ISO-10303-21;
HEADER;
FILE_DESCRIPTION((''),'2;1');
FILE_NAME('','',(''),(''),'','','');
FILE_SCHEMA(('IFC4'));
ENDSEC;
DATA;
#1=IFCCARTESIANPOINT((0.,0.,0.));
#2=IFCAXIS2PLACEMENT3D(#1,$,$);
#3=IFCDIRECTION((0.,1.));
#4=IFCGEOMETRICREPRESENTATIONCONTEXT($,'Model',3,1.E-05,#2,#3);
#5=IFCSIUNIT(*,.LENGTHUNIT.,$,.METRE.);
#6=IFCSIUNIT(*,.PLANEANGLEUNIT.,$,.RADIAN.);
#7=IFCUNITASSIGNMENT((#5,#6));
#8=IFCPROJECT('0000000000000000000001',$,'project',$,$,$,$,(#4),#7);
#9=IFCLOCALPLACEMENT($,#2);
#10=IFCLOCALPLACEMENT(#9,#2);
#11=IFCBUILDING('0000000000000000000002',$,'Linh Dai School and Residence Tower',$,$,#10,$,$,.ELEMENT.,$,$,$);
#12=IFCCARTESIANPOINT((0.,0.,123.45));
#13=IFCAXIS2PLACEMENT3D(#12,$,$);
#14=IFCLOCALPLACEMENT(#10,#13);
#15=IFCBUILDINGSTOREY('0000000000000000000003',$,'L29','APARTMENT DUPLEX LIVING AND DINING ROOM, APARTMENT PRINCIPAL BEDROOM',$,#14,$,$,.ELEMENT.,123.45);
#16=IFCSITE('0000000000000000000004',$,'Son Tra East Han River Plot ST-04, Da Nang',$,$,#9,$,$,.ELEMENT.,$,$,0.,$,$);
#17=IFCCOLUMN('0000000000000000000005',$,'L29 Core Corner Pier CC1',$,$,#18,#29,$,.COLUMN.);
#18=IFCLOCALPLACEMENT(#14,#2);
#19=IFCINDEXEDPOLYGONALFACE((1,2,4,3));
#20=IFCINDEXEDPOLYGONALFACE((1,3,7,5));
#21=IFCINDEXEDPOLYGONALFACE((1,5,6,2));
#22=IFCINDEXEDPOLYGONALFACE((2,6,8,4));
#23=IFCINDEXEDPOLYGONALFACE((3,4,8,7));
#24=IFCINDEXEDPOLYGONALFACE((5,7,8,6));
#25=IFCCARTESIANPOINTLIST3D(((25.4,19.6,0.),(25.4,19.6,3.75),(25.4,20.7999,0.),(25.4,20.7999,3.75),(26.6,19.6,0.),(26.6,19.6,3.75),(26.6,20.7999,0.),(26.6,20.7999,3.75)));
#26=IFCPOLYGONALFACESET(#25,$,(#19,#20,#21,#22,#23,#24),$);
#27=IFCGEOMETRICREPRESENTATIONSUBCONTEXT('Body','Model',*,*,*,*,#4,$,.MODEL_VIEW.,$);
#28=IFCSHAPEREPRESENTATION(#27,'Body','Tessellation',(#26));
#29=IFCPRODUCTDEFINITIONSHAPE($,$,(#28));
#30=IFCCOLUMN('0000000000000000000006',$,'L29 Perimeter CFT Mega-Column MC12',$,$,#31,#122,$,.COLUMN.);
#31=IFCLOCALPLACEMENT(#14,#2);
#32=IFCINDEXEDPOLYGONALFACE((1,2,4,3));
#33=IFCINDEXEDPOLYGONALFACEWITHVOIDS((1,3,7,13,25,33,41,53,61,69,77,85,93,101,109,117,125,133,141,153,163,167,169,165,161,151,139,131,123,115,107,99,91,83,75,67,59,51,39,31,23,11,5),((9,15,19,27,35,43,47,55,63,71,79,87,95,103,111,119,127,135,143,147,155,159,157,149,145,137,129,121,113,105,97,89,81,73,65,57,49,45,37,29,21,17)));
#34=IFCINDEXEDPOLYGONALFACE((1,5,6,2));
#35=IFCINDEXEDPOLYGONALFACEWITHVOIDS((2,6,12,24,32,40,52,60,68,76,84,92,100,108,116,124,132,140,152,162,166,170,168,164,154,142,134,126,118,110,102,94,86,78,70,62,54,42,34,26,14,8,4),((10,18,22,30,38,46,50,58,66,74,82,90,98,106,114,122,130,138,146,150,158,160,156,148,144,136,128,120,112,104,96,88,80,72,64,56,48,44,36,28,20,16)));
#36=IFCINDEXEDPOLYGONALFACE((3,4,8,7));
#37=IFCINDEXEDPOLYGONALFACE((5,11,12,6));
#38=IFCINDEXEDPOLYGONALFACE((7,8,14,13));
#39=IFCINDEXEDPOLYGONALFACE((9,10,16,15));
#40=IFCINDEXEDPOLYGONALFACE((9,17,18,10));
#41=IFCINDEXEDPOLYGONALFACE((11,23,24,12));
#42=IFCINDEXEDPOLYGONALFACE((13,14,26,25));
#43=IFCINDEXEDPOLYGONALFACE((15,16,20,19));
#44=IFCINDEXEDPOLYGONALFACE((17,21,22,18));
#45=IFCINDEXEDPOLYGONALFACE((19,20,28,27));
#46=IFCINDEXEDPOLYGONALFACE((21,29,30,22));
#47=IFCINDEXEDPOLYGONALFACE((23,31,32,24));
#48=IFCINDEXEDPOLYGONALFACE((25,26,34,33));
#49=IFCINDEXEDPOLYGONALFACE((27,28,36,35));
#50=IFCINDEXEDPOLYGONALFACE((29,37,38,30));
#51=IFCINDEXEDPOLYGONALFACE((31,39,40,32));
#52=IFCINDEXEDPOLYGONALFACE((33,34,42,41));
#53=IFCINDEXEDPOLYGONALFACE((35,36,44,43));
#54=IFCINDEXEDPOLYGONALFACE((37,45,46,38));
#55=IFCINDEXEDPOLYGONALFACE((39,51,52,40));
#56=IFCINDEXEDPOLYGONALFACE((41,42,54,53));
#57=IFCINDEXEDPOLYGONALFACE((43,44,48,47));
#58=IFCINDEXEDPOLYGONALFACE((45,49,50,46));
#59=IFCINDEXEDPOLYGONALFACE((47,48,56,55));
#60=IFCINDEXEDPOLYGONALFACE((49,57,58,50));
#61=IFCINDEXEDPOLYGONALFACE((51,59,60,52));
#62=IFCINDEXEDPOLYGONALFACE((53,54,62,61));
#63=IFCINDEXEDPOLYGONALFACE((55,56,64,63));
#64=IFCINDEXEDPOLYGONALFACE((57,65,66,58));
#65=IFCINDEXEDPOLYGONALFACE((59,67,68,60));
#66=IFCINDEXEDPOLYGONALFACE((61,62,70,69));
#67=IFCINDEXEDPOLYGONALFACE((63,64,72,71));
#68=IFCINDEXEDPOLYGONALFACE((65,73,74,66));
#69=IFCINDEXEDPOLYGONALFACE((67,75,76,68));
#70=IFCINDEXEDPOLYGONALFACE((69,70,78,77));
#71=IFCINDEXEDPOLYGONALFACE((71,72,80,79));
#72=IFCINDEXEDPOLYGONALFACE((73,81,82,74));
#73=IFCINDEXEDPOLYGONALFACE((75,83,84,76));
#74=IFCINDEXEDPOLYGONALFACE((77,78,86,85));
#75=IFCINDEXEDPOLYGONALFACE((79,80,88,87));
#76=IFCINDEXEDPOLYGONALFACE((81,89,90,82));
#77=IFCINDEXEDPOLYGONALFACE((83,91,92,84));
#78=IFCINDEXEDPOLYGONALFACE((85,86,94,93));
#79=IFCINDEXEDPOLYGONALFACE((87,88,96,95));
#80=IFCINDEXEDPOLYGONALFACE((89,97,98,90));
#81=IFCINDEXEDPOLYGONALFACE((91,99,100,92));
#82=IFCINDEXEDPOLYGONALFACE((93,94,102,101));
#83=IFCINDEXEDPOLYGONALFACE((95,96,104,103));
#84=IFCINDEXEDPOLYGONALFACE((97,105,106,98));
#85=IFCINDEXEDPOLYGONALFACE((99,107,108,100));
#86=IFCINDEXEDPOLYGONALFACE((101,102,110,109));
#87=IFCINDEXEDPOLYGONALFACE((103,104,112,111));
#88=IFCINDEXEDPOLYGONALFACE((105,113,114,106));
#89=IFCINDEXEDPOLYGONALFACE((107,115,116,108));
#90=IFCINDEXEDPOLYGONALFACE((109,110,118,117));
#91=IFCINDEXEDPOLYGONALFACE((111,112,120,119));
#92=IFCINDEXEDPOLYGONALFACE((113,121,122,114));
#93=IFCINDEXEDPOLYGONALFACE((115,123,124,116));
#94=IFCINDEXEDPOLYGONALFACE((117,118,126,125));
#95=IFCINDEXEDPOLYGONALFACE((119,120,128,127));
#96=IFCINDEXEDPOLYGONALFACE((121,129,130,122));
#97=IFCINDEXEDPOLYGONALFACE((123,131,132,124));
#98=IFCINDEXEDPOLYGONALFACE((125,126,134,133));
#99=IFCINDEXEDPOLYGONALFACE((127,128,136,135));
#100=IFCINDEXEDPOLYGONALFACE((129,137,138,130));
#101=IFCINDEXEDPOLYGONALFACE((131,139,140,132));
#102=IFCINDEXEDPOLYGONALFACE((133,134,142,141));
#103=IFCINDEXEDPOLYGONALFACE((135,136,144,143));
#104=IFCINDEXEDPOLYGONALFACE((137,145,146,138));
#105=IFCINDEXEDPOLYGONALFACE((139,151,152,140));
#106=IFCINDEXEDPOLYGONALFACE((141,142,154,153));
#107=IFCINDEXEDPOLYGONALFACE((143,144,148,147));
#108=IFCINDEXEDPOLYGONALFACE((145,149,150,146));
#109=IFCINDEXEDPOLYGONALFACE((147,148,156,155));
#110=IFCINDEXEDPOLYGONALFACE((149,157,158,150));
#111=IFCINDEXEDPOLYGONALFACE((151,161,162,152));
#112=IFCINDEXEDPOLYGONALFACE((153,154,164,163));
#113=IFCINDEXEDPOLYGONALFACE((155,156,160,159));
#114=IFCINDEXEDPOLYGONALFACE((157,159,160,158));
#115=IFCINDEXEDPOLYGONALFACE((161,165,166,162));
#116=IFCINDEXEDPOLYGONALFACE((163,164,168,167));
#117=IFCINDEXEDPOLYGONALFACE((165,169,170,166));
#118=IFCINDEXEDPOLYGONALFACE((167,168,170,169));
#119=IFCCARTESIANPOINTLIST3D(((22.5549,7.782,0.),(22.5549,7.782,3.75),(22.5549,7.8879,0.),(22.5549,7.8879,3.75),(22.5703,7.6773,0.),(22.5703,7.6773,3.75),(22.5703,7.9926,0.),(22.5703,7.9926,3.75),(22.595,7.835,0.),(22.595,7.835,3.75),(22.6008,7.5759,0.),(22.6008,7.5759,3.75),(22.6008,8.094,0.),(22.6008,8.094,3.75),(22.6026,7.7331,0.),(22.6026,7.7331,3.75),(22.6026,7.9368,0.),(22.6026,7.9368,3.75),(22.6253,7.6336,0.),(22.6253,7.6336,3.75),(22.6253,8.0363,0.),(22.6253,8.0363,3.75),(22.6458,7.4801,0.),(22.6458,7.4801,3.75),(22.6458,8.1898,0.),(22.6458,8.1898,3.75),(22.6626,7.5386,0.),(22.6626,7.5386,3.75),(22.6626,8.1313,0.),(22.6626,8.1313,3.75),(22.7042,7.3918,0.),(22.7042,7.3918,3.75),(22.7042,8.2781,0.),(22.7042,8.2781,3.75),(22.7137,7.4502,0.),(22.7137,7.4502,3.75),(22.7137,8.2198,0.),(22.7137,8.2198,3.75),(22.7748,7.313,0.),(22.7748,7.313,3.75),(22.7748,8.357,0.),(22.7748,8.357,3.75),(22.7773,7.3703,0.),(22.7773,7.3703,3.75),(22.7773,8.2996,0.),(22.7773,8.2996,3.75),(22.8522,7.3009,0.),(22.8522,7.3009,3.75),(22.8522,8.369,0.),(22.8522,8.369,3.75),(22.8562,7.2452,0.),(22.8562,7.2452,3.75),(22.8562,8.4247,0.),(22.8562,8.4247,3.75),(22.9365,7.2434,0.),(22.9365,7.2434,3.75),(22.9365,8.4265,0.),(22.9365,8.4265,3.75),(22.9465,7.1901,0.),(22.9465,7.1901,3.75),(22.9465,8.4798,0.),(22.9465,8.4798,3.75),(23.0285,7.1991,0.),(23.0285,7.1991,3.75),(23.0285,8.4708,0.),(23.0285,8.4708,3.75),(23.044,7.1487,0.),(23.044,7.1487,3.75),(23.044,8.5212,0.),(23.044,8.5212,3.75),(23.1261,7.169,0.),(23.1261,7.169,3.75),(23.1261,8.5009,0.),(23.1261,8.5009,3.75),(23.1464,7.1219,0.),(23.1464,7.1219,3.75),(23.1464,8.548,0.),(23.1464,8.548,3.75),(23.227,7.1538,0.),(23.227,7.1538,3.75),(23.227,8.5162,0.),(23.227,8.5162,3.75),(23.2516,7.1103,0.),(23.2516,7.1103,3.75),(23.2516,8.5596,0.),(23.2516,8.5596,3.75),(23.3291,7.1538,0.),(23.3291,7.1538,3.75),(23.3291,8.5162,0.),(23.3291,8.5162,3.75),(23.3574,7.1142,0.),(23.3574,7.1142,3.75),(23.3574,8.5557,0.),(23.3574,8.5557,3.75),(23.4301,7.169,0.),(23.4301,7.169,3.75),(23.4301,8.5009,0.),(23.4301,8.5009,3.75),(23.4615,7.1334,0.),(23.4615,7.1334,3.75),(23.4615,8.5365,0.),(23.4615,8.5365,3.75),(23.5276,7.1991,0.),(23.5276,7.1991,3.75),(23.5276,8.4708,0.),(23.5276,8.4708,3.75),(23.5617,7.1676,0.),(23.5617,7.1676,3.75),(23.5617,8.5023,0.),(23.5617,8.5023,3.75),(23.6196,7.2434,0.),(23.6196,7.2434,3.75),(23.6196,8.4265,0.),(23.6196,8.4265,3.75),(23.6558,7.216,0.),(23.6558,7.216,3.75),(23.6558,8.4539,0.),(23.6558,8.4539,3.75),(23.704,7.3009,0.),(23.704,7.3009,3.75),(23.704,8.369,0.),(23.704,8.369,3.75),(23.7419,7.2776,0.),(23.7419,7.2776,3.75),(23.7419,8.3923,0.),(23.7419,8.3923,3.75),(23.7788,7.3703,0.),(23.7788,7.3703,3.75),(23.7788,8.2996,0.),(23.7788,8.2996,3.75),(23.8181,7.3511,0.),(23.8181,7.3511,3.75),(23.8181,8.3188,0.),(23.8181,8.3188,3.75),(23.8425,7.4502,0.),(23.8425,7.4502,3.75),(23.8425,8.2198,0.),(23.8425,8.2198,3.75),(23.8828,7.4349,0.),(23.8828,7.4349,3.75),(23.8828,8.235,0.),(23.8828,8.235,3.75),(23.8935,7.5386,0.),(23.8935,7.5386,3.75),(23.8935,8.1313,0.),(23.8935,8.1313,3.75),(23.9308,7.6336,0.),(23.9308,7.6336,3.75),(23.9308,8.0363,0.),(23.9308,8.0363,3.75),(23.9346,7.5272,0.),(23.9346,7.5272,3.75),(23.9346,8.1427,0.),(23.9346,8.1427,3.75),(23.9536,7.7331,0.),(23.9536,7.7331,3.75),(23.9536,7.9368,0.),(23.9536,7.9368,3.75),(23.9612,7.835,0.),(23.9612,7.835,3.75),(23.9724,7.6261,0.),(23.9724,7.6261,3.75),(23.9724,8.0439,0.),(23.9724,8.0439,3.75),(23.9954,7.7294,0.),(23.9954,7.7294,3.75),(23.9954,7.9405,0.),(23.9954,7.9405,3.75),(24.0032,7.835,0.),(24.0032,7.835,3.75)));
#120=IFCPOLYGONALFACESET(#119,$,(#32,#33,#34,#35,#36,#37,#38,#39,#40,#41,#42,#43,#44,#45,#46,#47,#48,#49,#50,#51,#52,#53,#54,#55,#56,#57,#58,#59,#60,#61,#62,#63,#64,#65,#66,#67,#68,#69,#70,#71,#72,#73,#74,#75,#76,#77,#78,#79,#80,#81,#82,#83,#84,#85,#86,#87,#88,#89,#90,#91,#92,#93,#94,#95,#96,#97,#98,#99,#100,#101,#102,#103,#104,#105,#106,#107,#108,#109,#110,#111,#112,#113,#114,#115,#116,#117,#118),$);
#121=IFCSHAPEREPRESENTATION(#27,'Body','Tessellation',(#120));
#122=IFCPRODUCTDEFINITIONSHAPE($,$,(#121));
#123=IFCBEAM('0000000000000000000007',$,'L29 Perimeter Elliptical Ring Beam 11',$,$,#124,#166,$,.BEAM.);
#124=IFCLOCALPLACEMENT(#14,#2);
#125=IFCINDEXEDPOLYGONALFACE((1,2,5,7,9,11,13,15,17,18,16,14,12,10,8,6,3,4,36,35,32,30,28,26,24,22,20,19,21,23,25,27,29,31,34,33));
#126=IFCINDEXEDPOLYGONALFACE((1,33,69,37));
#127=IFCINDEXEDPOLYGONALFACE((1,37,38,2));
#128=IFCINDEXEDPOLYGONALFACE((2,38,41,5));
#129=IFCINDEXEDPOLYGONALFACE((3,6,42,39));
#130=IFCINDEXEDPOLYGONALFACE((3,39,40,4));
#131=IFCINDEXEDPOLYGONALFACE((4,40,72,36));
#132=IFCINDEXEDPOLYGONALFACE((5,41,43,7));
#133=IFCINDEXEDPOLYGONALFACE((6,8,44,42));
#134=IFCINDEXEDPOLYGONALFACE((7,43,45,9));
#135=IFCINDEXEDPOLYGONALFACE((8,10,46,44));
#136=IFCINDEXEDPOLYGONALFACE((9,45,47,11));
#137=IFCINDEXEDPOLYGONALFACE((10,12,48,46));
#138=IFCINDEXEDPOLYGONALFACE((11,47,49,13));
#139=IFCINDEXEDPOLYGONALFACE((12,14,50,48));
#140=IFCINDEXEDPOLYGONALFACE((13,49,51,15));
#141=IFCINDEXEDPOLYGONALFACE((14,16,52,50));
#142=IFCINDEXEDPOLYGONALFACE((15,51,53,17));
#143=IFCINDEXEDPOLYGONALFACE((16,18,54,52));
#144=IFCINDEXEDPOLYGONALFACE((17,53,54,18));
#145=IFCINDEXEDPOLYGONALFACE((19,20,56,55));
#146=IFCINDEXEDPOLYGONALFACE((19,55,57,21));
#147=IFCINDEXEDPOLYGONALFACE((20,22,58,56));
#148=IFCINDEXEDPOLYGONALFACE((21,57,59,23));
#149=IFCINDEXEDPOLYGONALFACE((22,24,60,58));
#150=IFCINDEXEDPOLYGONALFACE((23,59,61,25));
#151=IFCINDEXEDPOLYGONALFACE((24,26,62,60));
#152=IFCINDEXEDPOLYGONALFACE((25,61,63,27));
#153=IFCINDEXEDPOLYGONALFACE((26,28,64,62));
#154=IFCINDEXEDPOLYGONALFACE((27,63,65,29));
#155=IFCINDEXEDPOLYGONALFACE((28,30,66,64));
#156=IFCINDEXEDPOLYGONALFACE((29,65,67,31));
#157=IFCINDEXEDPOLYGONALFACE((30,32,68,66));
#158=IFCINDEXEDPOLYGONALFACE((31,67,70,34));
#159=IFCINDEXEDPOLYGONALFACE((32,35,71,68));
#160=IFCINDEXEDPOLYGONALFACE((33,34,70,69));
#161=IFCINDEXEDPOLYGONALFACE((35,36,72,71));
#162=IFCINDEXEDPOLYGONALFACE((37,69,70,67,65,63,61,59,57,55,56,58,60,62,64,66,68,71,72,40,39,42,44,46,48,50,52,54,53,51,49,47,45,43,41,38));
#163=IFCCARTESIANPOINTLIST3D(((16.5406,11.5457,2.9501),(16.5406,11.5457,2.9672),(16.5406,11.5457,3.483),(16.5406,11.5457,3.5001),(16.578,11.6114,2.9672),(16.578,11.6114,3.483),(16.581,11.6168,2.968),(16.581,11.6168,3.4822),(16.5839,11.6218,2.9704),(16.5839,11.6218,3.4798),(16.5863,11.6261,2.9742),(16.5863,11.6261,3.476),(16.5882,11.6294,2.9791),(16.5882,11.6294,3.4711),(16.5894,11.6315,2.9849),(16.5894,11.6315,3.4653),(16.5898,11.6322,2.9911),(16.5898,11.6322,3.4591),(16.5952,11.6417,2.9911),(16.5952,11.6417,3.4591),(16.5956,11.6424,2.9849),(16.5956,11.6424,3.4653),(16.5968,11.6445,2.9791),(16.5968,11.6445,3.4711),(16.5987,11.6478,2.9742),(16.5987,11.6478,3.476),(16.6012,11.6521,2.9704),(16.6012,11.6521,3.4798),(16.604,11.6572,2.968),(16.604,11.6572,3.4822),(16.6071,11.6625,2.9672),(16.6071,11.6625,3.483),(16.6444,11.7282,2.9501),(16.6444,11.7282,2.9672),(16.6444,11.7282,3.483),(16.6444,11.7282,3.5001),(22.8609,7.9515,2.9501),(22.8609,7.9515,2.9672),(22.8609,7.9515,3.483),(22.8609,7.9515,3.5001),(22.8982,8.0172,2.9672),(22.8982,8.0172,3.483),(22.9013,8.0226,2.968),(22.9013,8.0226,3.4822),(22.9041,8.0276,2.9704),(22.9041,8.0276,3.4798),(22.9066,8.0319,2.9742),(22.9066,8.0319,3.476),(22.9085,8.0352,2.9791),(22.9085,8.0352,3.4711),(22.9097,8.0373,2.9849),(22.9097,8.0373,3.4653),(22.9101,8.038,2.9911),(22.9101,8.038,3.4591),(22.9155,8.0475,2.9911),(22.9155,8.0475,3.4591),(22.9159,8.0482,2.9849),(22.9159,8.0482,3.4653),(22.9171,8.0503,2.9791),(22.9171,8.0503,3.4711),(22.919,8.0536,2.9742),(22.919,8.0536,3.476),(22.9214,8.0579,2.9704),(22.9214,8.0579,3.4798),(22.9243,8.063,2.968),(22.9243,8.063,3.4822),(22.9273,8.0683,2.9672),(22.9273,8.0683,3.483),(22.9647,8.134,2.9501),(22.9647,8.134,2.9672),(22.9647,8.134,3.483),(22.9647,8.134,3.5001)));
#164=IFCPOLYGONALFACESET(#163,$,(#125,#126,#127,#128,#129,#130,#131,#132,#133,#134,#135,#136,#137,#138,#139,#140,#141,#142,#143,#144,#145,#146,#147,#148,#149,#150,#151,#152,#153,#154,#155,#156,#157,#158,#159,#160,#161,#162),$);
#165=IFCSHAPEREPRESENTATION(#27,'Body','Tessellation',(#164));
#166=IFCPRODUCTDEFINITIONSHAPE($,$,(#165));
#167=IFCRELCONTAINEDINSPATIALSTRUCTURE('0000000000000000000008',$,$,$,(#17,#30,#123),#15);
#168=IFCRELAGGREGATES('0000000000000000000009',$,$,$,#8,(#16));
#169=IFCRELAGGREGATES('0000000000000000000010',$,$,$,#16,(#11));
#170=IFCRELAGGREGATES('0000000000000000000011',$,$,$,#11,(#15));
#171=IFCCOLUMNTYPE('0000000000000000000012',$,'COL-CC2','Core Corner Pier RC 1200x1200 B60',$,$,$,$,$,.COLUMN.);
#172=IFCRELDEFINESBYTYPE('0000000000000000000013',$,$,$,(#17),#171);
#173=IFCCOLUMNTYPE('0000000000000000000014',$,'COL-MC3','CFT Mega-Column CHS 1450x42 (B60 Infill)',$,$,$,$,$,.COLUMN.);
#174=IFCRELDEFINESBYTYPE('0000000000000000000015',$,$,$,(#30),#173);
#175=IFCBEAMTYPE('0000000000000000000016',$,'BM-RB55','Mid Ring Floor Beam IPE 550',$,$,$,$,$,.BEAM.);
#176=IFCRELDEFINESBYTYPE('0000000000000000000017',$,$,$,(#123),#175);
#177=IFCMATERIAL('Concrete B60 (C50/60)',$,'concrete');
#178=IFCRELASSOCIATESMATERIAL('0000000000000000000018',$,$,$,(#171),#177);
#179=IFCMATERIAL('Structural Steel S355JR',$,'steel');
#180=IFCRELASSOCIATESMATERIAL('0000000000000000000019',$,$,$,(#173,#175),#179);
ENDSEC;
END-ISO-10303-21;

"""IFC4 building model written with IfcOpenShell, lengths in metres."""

from ifc_helpers import new_model, si_unit, direction, frame, origin, origin_2d, place, context, subcontext, project, spatial, rectangle, hollow_circle, i_section, extrude, material, material_profile, profile_set, type_object, element, save


model = new_model("IFC4")

# Units and contexts
model_context = context("Model", 3, precision=1e-05, world=origin(), true_north=direction((0.0, 1.0)))
body_context = subcontext(model_context, "Body", "Model", "MODEL_VIEW")
ifc_project = project(units=[si_unit("LENGTHUNIT", "METRE"), si_unit("PLANEANGLEUNIT", "RADIAN")], contexts=[model_context])

# Site, building, storey
site_placement = place(None, origin())
site = spatial("IfcSite", under=ifc_project, at=site_placement, Name="Son Tra East Han River Plot ST-04, Da Nang", CompositionType="ELEMENT", RefElevation=0.0)
building_placement = place(site_placement, origin())
building = spatial("IfcBuilding", under=site, at=building_placement, Name="Linh Dai School and Residence Tower", CompositionType="ELEMENT")
storey_placement = place(building_placement, frame((0.0, 0.0, 123.45)))
storey = spatial("IfcBuildingStorey", under=building, at=storey_placement, Name="L29", Description="APARTMENT DUPLEX LIVING AND DINING ROOM, APARTMENT PRINCIPAL BEDROOM", CompositionType="ELEMENT", Elevation=123.45)

# Columns
ifc_material_1 = material(Name="Concrete B60 (C50/60)", Category="concrete")
ifc_material_profile_1 = material_profile(ifc_material_1, rectangle(XDim=1.2, YDim=1.2, at=origin_2d()), Name="RC 1200x1200")
ifc_profile_set_1 = profile_set([ifc_material_profile_1], Name="Concrete B60 (C50/60)")
column_type_1 = type_object("IfcColumnType", Name="COL-CC2", Description="Core Corner Pier RC 1200x1200 B60", PredefinedType="COLUMN", material=ifc_profile_set_1)
column_1_placement = place(storey_placement, frame((26.0, 20.2, 0.0), z_axis=(0.0, 0.0, 1.0), x_axis=(1.0, 0.0, 0.0)))
element("IfcColumn", 1, at=column_1_placement, inside=storey, type_object=column_type_1, Name="L29 Core Corner Pier CC1", PredefinedType="COLUMN", context=body_context, shape_type="SweptSolid", body=[
    extrude(rectangle(XDim=1.2, YDim=1.2, at=origin_2d()), origin(), (0.0, 0.0, 1.0), 3.75),
])
ifc_material_2 = material(Name="Structural Steel S355JR", Category="steel")
ifc_material_profile_2 = material_profile(ifc_material_2, hollow_circle(Radius=0.7251, WallThickness=0.042, at=origin_2d()), Name="CHS 1450x42")
ifc_profile_set_2 = profile_set([ifc_material_profile_2], Name="Structural Steel S355JR")
column_type_2 = type_object("IfcColumnType", Name="COL-MC3", Description="CFT Mega-Column CHS 1450x42 (B60 Infill)", PredefinedType="COLUMN", material=ifc_profile_set_2)
column_2_placement = place(storey_placement, frame((23.2781, 7.835, 0.0), z_axis=(0.0, 0.0, 1.0), x_axis=(1.0, 0.0, 0.0)))
element("IfcColumn", 2, at=column_2_placement, inside=storey, type_object=column_type_2, Name="L29 Perimeter CFT Mega-Column MC12", PredefinedType="COLUMN", context=body_context, shape_type="SweptSolid", body=[
    extrude(hollow_circle(Radius=0.7251, WallThickness=0.042, at=origin_2d()), origin(), (0.0, 0.0, 1.0), 3.75),
])

# Beam
ifc_material_profile_3 = material_profile(ifc_material_2, i_section(OverallWidth=0.21, OverallDepth=0.55, WebThickness=0.011, FlangeThickness=0.0171, FilletRadius=0.0239, at=origin_2d()), Name="IPE 550")
ifc_profile_set_3 = profile_set([ifc_material_profile_3], Name="Structural Steel S355JR")
beam_type_1 = type_object("IfcBeamType", Name="BM-RB55", Description="Mid Ring Floor Beam IPE 550", PredefinedType="BEAM", material=ifc_profile_set_3)
beam_1_placement = place(storey_placement, frame((16.5925, 11.637, 3.2251), z_axis=(0.86927, -0.494337, 0.0), x_axis=(0.494337, 0.86927, 0.0)))
element("IfcBeam", 3, at=beam_1_placement, inside=storey, type_object=beam_type_1, Name="L29 Perimeter Elliptical Ring Beam 11", PredefinedType="BEAM", context=body_context, shape_type="SweptSolid", body=[
    extrude(i_section(OverallWidth=0.21, OverallDepth=0.55, WebThickness=0.011, FlangeThickness=0.0171, FilletRadius=0.0239, at=origin_2d()), origin(), (0.0, 0.0, 1.0), 7.2708),
])

save(model, "model.ifc")
